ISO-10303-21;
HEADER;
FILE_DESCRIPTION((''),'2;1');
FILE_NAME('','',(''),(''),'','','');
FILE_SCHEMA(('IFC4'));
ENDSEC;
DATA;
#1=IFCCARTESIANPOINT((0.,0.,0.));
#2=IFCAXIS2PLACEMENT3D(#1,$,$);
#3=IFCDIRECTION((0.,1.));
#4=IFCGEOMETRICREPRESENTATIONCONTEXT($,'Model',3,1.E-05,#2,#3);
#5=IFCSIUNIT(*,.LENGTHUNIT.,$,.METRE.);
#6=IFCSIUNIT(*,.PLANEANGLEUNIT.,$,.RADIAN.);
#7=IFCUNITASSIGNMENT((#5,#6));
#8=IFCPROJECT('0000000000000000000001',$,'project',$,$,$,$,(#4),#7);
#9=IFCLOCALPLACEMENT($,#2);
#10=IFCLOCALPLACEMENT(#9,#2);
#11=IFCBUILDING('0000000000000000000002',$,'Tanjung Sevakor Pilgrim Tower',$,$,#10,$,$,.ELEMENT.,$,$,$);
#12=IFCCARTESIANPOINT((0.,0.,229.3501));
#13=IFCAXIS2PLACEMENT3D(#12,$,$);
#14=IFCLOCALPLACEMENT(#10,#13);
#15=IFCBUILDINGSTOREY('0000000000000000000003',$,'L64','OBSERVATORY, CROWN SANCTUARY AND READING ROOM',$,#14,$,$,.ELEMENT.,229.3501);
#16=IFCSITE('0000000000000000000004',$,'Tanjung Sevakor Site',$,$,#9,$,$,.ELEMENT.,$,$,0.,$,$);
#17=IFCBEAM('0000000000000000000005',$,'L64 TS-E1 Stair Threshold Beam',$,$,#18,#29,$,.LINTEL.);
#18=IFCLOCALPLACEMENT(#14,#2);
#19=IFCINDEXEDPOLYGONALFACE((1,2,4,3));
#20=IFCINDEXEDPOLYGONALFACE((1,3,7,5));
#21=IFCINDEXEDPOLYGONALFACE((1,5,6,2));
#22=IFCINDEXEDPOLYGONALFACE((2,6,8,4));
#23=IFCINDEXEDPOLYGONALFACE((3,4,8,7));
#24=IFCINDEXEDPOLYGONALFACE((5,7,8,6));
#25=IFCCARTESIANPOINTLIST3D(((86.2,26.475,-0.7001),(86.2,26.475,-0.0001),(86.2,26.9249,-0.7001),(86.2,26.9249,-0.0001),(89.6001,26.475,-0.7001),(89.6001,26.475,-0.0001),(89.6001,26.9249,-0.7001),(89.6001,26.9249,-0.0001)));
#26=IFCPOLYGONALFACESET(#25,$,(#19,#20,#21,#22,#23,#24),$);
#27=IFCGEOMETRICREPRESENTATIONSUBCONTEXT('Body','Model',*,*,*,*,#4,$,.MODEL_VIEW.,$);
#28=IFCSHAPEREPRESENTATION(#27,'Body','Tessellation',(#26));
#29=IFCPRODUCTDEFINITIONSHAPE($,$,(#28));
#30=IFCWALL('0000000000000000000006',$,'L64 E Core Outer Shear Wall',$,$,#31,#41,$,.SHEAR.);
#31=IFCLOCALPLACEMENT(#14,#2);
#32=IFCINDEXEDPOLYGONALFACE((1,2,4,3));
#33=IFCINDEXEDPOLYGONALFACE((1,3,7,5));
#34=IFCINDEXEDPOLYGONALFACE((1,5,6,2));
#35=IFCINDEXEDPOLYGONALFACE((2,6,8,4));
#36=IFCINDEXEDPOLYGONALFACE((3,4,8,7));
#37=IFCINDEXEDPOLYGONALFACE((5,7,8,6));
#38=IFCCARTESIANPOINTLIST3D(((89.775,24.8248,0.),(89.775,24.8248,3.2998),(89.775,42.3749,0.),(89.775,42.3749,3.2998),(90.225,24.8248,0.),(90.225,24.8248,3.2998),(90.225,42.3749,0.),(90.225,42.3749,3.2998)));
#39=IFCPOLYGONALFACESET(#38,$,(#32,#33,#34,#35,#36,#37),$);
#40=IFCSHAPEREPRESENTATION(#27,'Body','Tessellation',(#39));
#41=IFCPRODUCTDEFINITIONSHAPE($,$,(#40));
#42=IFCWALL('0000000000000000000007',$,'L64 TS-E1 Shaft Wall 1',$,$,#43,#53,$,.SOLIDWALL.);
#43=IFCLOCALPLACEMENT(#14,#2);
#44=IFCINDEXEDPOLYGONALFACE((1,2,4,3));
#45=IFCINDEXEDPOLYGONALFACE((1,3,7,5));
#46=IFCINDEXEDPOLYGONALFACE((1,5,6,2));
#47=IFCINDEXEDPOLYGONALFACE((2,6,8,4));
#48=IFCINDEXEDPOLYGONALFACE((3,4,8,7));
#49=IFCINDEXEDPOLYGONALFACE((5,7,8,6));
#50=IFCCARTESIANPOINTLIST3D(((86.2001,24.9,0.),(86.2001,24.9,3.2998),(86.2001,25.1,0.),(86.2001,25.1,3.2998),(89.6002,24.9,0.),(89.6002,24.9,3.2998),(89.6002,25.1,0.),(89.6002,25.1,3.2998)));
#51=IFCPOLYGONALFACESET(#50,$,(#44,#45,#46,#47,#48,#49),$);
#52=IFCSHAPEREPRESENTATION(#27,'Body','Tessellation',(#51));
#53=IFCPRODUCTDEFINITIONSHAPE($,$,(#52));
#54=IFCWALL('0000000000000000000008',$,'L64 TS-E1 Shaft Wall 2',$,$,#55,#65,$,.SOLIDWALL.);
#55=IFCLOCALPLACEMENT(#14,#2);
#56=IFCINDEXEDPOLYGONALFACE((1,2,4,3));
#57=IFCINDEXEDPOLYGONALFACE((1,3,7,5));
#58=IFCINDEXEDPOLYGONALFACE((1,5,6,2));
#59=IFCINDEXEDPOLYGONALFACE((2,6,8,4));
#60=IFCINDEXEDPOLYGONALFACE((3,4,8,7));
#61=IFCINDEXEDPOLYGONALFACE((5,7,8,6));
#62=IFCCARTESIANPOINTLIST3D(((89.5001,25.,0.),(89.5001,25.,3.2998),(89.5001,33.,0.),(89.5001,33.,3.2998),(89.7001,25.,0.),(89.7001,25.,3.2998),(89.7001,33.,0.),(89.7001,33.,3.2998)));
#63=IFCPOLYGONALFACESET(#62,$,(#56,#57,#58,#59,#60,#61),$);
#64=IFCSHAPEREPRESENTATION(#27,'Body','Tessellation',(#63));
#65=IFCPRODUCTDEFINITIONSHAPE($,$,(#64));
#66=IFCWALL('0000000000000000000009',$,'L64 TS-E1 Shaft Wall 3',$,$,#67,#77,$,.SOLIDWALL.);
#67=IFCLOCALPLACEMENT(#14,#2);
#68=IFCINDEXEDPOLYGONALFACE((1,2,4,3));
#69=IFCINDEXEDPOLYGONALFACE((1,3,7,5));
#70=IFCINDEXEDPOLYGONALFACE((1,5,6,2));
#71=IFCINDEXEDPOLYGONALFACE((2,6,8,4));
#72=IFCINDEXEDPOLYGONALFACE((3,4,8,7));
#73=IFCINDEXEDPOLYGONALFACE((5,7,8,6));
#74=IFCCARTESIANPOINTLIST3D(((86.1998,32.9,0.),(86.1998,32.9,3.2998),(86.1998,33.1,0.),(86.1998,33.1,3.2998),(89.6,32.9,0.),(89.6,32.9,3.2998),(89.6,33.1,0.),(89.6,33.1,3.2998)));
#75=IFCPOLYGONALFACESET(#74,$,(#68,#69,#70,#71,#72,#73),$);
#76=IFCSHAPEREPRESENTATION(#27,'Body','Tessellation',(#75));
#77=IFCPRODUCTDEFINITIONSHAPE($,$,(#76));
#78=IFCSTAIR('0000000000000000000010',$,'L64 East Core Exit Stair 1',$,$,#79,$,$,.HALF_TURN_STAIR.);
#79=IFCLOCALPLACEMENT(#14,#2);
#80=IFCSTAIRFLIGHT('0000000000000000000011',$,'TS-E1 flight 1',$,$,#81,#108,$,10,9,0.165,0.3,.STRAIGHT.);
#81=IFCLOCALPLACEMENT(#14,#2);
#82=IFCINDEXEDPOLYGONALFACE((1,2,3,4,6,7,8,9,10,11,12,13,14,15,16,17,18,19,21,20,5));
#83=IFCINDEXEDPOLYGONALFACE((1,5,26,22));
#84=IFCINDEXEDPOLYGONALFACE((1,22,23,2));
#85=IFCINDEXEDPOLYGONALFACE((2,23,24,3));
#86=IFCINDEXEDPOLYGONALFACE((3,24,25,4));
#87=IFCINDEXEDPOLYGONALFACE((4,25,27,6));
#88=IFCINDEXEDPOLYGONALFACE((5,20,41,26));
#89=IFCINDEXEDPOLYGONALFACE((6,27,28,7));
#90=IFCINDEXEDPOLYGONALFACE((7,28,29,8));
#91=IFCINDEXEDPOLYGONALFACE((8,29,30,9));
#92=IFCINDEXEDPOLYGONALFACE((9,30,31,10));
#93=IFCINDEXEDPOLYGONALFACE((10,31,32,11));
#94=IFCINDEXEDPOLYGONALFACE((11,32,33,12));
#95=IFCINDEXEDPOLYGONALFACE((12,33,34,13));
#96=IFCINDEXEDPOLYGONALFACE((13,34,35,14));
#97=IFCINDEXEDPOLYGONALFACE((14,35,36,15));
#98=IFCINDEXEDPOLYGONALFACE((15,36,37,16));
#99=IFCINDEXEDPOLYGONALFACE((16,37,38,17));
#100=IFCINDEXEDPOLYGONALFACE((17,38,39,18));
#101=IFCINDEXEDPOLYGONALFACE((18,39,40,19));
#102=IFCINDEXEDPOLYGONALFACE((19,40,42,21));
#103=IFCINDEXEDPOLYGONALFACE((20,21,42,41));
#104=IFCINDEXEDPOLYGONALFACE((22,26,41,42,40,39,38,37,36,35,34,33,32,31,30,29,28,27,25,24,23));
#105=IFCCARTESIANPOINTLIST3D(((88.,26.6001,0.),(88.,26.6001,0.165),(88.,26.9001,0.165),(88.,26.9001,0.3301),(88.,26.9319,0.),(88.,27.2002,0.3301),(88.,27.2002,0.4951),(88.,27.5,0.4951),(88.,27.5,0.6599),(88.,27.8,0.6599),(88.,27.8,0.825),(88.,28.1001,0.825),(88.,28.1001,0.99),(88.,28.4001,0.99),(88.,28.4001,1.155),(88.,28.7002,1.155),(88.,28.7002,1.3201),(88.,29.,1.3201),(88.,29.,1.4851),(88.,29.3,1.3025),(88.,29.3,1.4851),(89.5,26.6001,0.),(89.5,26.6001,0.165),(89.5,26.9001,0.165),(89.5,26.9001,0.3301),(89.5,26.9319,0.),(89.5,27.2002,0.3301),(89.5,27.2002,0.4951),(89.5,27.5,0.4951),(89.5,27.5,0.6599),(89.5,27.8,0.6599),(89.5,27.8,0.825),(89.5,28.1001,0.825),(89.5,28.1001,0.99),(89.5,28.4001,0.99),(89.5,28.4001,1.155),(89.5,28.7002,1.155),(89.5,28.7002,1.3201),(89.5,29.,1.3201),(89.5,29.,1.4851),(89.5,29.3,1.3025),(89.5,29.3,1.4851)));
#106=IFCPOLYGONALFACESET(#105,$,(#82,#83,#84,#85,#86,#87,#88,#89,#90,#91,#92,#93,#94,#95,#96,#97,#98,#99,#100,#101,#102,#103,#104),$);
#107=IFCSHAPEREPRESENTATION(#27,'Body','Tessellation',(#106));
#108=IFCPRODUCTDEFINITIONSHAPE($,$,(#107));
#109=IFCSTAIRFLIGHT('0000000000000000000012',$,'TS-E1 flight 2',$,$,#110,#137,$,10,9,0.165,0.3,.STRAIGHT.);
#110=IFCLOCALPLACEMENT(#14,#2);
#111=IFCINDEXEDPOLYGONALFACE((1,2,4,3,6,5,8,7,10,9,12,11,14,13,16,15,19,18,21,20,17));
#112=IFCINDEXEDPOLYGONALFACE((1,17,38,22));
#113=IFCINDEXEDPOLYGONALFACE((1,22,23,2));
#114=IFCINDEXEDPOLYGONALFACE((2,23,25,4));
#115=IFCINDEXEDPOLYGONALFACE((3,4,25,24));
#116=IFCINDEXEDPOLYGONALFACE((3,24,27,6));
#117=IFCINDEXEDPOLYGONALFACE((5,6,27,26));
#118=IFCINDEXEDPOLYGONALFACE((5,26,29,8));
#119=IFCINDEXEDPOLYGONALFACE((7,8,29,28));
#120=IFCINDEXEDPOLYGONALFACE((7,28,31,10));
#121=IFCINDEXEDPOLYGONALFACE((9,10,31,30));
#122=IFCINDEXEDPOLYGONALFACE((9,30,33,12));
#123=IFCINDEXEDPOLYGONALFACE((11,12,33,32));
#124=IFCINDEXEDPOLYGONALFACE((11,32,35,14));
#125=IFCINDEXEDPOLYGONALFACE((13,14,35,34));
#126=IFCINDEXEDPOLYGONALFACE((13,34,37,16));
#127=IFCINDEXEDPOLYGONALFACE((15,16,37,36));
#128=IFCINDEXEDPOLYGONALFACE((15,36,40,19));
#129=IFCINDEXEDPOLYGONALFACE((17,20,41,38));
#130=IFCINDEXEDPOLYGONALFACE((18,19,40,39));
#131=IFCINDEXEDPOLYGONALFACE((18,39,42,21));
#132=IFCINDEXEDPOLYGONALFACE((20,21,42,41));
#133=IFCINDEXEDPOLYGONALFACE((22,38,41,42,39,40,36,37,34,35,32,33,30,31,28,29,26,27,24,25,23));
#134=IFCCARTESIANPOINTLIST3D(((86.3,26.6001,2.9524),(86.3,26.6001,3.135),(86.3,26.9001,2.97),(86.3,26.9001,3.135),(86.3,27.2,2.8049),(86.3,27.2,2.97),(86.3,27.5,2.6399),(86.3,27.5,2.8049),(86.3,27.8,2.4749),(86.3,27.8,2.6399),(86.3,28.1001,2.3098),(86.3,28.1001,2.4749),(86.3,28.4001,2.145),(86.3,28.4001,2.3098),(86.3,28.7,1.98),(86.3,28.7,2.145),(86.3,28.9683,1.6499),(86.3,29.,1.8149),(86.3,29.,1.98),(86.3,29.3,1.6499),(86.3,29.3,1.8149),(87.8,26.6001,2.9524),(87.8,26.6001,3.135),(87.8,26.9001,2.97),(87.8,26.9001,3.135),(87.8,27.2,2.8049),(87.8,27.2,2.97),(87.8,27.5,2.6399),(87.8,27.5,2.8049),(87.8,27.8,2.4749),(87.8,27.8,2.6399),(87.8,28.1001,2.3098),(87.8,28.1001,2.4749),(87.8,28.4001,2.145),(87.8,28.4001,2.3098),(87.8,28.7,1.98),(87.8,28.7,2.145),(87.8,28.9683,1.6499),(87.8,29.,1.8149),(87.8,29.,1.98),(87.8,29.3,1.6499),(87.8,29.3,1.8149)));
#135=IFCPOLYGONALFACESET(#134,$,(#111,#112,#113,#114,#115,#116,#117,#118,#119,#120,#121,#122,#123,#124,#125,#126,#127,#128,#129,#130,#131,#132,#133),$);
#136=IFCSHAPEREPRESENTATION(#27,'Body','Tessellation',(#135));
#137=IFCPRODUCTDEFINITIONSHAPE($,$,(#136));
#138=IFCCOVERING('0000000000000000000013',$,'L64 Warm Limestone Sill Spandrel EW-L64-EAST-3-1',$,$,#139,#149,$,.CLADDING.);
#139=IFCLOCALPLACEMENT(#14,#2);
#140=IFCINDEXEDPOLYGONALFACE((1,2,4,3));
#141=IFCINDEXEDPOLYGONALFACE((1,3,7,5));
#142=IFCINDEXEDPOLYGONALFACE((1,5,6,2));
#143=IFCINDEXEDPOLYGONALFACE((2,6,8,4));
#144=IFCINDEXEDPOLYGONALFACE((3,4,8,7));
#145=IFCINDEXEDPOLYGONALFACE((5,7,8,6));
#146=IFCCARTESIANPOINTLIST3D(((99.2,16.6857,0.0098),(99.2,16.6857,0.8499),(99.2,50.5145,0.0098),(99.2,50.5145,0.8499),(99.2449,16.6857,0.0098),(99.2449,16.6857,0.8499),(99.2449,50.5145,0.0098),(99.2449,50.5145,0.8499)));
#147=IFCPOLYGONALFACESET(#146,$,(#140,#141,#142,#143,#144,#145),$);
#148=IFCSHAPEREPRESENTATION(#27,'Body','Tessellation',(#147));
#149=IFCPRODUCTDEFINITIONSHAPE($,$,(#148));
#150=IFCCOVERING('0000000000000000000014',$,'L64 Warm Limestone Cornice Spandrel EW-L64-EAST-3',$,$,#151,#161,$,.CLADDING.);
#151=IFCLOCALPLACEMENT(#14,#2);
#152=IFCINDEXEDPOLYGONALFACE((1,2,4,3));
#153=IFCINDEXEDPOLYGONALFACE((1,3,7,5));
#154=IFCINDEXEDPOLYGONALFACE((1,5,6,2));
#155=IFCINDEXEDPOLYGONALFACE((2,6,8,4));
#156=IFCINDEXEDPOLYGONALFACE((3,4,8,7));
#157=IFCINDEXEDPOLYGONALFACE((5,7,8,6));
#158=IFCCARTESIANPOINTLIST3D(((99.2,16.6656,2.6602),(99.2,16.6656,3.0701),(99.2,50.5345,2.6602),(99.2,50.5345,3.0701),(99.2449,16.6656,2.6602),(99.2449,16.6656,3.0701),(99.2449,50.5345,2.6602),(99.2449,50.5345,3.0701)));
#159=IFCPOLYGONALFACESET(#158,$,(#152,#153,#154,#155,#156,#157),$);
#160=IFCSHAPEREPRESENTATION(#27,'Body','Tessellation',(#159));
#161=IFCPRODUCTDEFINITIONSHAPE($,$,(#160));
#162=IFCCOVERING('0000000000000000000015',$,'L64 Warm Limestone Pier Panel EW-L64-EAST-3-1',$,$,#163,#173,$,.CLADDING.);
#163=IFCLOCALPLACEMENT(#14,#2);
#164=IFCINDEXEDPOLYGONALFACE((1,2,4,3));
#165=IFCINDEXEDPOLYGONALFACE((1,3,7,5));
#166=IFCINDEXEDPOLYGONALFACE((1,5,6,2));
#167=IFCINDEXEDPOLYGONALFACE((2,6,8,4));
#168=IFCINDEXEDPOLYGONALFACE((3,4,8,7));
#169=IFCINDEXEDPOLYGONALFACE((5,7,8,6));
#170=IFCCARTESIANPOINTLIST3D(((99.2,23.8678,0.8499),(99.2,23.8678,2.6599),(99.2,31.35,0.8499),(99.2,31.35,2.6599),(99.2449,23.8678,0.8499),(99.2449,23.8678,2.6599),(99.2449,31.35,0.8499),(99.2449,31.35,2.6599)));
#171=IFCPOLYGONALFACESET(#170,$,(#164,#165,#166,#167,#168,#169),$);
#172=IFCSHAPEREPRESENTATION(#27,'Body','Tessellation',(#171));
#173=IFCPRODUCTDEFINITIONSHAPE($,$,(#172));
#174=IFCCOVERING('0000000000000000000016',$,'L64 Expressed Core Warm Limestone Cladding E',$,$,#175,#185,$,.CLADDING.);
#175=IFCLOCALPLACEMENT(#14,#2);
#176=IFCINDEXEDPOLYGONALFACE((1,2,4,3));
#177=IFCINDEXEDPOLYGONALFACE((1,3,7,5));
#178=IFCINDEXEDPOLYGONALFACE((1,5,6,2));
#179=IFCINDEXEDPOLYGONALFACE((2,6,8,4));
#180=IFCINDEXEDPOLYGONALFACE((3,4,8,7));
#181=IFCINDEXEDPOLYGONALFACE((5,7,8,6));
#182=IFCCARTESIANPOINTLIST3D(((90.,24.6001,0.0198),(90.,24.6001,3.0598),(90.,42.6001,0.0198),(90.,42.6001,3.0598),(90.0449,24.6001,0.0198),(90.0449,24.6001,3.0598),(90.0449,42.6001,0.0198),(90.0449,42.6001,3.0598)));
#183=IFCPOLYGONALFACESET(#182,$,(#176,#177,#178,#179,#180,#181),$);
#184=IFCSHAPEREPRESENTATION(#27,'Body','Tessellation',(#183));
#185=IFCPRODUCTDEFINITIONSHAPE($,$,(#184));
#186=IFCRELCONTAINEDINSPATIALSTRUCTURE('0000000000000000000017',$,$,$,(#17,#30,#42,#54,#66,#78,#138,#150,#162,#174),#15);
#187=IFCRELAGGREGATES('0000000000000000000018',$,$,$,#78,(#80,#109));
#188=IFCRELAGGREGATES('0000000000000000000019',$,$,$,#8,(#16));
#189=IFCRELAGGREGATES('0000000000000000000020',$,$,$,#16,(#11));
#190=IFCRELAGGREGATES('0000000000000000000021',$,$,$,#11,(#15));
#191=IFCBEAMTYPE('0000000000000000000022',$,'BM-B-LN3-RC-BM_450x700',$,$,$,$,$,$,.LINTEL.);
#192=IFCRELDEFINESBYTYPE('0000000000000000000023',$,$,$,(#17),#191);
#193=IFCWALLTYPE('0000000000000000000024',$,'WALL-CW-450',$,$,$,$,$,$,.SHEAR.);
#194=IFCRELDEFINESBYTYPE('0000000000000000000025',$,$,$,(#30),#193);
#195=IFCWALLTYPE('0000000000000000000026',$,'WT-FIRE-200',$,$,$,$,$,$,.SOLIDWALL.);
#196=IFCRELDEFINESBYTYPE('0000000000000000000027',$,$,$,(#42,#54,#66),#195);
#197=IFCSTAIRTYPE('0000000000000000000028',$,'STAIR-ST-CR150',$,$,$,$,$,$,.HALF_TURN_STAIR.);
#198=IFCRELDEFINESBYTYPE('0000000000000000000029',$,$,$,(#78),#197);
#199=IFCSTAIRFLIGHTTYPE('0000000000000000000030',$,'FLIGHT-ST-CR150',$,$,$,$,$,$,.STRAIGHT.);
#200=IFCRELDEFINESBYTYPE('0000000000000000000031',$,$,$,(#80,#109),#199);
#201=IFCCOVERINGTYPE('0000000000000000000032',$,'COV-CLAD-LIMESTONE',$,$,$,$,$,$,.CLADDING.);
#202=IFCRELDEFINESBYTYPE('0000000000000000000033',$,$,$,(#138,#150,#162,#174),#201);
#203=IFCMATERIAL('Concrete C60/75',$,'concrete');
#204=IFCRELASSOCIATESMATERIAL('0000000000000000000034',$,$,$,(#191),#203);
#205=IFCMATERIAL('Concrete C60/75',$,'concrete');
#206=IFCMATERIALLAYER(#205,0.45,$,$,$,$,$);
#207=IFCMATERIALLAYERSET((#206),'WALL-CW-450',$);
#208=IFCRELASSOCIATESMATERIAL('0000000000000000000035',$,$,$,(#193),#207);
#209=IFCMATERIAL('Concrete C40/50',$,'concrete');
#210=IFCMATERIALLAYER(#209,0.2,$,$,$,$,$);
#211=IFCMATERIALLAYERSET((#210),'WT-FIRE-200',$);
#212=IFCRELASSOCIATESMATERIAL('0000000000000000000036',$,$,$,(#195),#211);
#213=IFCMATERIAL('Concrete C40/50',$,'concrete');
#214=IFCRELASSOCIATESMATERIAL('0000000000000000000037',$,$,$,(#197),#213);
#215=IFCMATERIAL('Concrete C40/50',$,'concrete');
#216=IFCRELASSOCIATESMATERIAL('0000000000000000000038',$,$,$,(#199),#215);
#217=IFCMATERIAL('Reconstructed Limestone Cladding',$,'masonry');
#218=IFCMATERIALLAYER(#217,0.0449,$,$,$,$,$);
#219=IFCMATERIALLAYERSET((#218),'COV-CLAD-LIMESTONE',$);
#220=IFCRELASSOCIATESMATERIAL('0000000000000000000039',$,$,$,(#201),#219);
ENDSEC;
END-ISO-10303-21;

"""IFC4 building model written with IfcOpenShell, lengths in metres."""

from ifc_helpers import new_model, si_unit, direction, frame, frame_2d, origin, origin_2d, place, context, subcontext, project, spatial, polyline, rectangle, outline, extrude, material, layer, layer_set, material_profile, profile_set, type_object, element, aggregate, save


model = new_model("IFC4")

# Units and contexts
model_context = context("Model", 3, precision=1e-05, world=origin(), true_north=direction((0.0, 1.0)))
body_context = subcontext(model_context, "Body", "Model", "MODEL_VIEW")
ifc_project = project(units=[si_unit("LENGTHUNIT", "METRE"), si_unit("PLANEANGLEUNIT", "RADIAN")], contexts=[model_context])

# Site, building, storey
site_placement = place(None, origin())
site = spatial("IfcSite", under=ifc_project, at=site_placement, Name="Tanjung Sevakor Site", CompositionType="ELEMENT", RefElevation=0.0)
building_placement = place(site_placement, origin())
building = spatial("IfcBuilding", under=site, at=building_placement, Name="Tanjung Sevakor Pilgrim Tower", CompositionType="ELEMENT")
storey_placement = place(building_placement, frame((0.0, 0.0, 229.3501)))
storey = spatial("IfcBuildingStorey", under=building, at=storey_placement, Name="L64", Description="OBSERVATORY, CROWN SANCTUARY AND READING ROOM", CompositionType="ELEMENT", Elevation=229.3501)

# Beam
ifc_material_1 = material(Name="Concrete C60/75", Category="concrete")
ifc_material_profile = material_profile(ifc_material_1, rectangle(XDim=0.45, YDim=0.7, at=origin_2d()))
ifc_profile_set = profile_set([ifc_material_profile], Name="Concrete C60/75")
beam_type = type_object("IfcBeamType", Name="BM-B-LN3-RC-BM_450x700", PredefinedType="LINTEL", material=ifc_profile_set)
beam_placement = place(storey_placement, frame((86.2, 26.7, -0.3501), z_axis=(1.0, 0.0, 0.0), x_axis=(0.0, 1.0, 0.0)))
element("IfcBeam", 1, at=beam_placement, inside=storey, type_object=beam_type, Name="L64 TS-E1 Stair Threshold Beam", PredefinedType="LINTEL", context=body_context, shape_type="SweptSolid", body=[
    extrude(rectangle(XDim=0.45, YDim=0.7, at=origin_2d()), origin(), (0.0, 0.0, 1.0), 3.4001),
])

# Walls
ifc_material_2 = material(Name="Concrete C60/75", Category="concrete")
ifc_layer_1 = layer(ifc_material_2, 0.45)
ifc_layer_set_1 = layer_set([ifc_layer_1], Name="WALL-CW-450")
wall_type_1 = type_object("IfcWallType", Name="WALL-CW-450", PredefinedType="SHEAR", material=ifc_layer_set_1)
wall_1_placement = place(storey_placement, frame((90.0, 24.825, 0.0), z_axis=(0.0, 0.0, 1.0), x_axis=(0.0, 1.0, 0.0)))
element("IfcWall", 2, at=wall_1_placement, inside=storey, type_object=wall_type_1, Name="L64 E Core Outer Shear Wall", PredefinedType="SHEAR", context=body_context, shape_type="SweptSolid", body=[
    extrude(rectangle(XDim=17.55, YDim=0.45, at=frame_2d((8.7749, 0.0))), origin(), (0.0, 0.0, 1.0), 3.2998),
])
ifc_material_3 = material(Name="Concrete C40/50", Category="concrete")
ifc_layer_2 = layer(ifc_material_3, 0.2)
ifc_layer_set_2 = layer_set([ifc_layer_2], Name="WT-FIRE-200")
wall_type_2 = type_object("IfcWallType", Name="WT-FIRE-200", PredefinedType="SOLIDWALL", material=ifc_layer_set_2)
wall_2_placement = place(storey_placement, frame((86.2, 25.0, 0.0), z_axis=(0.0, 0.0, 1.0), x_axis=(1.0, 0.0, 0.0)))
element("IfcWall", 3, at=wall_2_placement, inside=storey, type_object=wall_type_2, Name="L64 TS-E1 Shaft Wall 1", PredefinedType="SOLIDWALL", context=body_context, shape_type="SweptSolid", body=[
    extrude(rectangle(XDim=3.4001, YDim=0.2, at=frame_2d((1.7002, 0.0))), origin(), (0.0, 0.0, 1.0), 3.2998),
])
wall_3_placement = place(storey_placement, frame((89.6001, 25.0, 0.0), z_axis=(0.0, 0.0, 1.0), x_axis=(0.0, 1.0, 0.0)))
element("IfcWall", 4, at=wall_3_placement, inside=storey, type_object=wall_type_2, Name="L64 TS-E1 Shaft Wall 2", PredefinedType="SOLIDWALL", context=body_context, shape_type="SweptSolid", body=[
    extrude(rectangle(XDim=8.0, YDim=0.2, at=frame_2d((4.0, 0.0))), origin(), (0.0, 0.0, 1.0), 3.2998),
])
wall_4_placement = place(storey_placement, frame((89.6001, 33.0, 0.0), z_axis=(0.0, 0.0, 1.0), x_axis=(-1.0, 0.0, 0.0)))
element("IfcWall", 5, at=wall_4_placement, inside=storey, type_object=wall_type_2, Name="L64 TS-E1 Shaft Wall 3", PredefinedType="SOLIDWALL", context=body_context, shape_type="SweptSolid", body=[
    extrude(rectangle(XDim=3.4001, YDim=0.2, at=frame_2d((1.7002, 0.0))), origin(), (0.0, 0.0, 1.0), 3.2998),
])

# Stair, stair flights
ifc_material_4 = material(Name="Concrete C40/50", Category="concrete")
stair_type = type_object("IfcStairType", Name="STAIR-ST-CR150", PredefinedType="HALF_TURN_STAIR", material=ifc_material_4)
stair_placement = place(storey_placement, origin())
stair = element("IfcStair", 6, at=stair_placement, inside=storey, type_object=stair_type, Name="L64 East Core Exit Stair 1", PredefinedType="HALF_TURN_STAIR")
ifc_material_5 = material(Name="Concrete C40/50", Category="concrete")
stair_flight_type = type_object("IfcStairFlightType", Name="FLIGHT-ST-CR150", PredefinedType="STRAIGHT", material=ifc_material_5)
stair_flight_1_placement = place(storey_placement, frame((88.75, 26.6001, 0.0), z_axis=(0.0, 0.0, 1.0), x_axis=(0.0, 1.0, 0.0)))
stair_flight_1 = element("IfcStairFlight", 7, at=stair_flight_1_placement, type_object=stair_flight_type, Name="TS-E1 flight 1", NumberOfRisers=10, NumberOfTreads=9, PredefinedType="STRAIGHT", RiserHeight=0.165, TreadLength=0.3, context=body_context, shape_type="SweptSolid", body=[
    extrude(outline(polyline([(0.0, 0.0), (0.0, 0.165), (0.3, 0.165), (0.3, 0.3301), (0.6001, 0.3301), (0.6001, 0.4951), (0.8999, 0.4951), (0.8999, 0.6599), (1.2, 0.6599), (1.2, 0.825), (1.5, 0.825), (1.5, 0.99), (1.8, 0.99), (1.8, 1.155), (2.1001, 1.155), (2.1001, 1.3201), (2.3999, 1.3201), (2.3999, 1.4851), (2.7, 1.4851), (2.7, 1.6499), (2.7, 1.3025), (0.3318, 0.0), (0.0, 0.0)])), frame((0.0, 0.75, 0.0), z_axis=(0.0, -1.0, 0.0), x_axis=(1.0, 0.0, 0.0)), (0.0, 0.0, 1.0), 1.5),
])
stair_flight_2_placement = place(storey_placement, frame((87.05, 29.3, 1.6499), z_axis=(0.0, 0.0, 1.0), x_axis=(0.0, -1.0, 0.0)))
stair_flight_2 = element("IfcStairFlight", 8, at=stair_flight_2_placement, type_object=stair_flight_type, Name="TS-E1 flight 2", NumberOfRisers=10, NumberOfTreads=9, PredefinedType="STRAIGHT", RiserHeight=0.165, TreadLength=0.3, context=body_context, shape_type="SweptSolid", body=[
    extrude(outline(polyline([(0.0, 0.0), (0.0, 0.165), (0.3, 0.165), (0.3, 0.3301), (0.6001, 0.3301), (0.6001, 0.4951), (0.8999, 0.4951), (0.8999, 0.6599), (1.2, 0.6599), (1.2, 0.825), (1.5, 0.825), (1.5, 0.99), (1.8, 0.99), (1.8, 1.155), (2.1001, 1.155), (2.1001, 1.3201), (2.3999, 1.3201), (2.3999, 1.4851), (2.7, 1.4851), (2.7, 1.6499), (2.7, 1.3025), (0.3318, 0.0), (0.0, 0.0)])), frame((0.0, 0.75, 0.0), z_axis=(0.0, -1.0, 0.0), x_axis=(1.0, 0.0, 0.0)), (0.0, 0.0, 1.0), 1.5),
])
aggregate(stair, [stair_flight_1, stair_flight_2])

# Coverings
ifc_material_6 = material(Name="Reconstructed Limestone Cladding", Category="masonry")
ifc_layer_3 = layer(ifc_material_6, 0.0449)
ifc_layer_set_3 = layer_set([ifc_layer_3], Name="COV-CLAD-LIMESTONE")
covering_type = type_object("IfcCoveringType", Name="COV-CLAD-LIMESTONE", PredefinedType="CLADDING", material=ifc_layer_set_3)
covering_1_placement = place(storey_placement, frame((99.2224, 33.6001, 0.0098), z_axis=(0.0, 0.0, 1.0), x_axis=(0.0, 1.0, 0.0)))
element("IfcCovering", 9, at=covering_1_placement, inside=storey, type_object=covering_type, Name="L64 Warm Limestone Sill Spandrel EW-L64-EAST-3-1", PredefinedType="CLADDING", context=body_context, shape_type="SweptSolid", body=[
    extrude(rectangle(XDim=33.8289, YDim=0.0449, at=origin_2d()), origin(), (0.0, 0.0, 1.0), 0.8401),
])
covering_2_placement = place(storey_placement, frame((99.2224, 33.6001, 2.6602), z_axis=(0.0, 0.0, 1.0), x_axis=(0.0, 1.0, 0.0)))
element("IfcCovering", 10, at=covering_2_placement, inside=storey, type_object=covering_type, Name="L64 Warm Limestone Cornice Spandrel EW-L64-EAST-3", PredefinedType="CLADDING", context=body_context, shape_type="SweptSolid", body=[
    extrude(rectangle(XDim=33.8689, YDim=0.0449, at=origin_2d()), origin(), (0.0, 0.0, 1.0), 0.4099),
])
covering_3_placement = place(storey_placement, frame((99.2224, 27.6089, 0.8499), z_axis=(0.0, 0.0, 1.0), x_axis=(0.0, 1.0, 0.0)))
element("IfcCovering", 11, at=covering_3_placement, inside=storey, type_object=covering_type, Name="L64 Warm Limestone Pier Panel EW-L64-EAST-3-1", PredefinedType="CLADDING", context=body_context, shape_type="SweptSolid", body=[
    extrude(rectangle(XDim=7.4822, YDim=0.0449, at=origin_2d()), origin(), (0.0, 0.0, 1.0), 1.8101),
])
covering_4_placement = place(storey_placement, frame((90.0225, 33.6001, 0.0198), z_axis=(0.0, 0.0, 1.0), x_axis=(1.0, 0.0, 0.0)))
element("IfcCovering", 12, at=covering_4_placement, inside=storey, type_object=covering_type, Name="L64 Expressed Core Warm Limestone Cladding E", PredefinedType="CLADDING", context=body_context, shape_type="SweptSolid", body=[
    extrude(rectangle(XDim=0.0449, YDim=18.0, at=origin_2d()), origin(), (0.0, 0.0, 1.0), 3.04),
])

save(model, "model.ifc")
